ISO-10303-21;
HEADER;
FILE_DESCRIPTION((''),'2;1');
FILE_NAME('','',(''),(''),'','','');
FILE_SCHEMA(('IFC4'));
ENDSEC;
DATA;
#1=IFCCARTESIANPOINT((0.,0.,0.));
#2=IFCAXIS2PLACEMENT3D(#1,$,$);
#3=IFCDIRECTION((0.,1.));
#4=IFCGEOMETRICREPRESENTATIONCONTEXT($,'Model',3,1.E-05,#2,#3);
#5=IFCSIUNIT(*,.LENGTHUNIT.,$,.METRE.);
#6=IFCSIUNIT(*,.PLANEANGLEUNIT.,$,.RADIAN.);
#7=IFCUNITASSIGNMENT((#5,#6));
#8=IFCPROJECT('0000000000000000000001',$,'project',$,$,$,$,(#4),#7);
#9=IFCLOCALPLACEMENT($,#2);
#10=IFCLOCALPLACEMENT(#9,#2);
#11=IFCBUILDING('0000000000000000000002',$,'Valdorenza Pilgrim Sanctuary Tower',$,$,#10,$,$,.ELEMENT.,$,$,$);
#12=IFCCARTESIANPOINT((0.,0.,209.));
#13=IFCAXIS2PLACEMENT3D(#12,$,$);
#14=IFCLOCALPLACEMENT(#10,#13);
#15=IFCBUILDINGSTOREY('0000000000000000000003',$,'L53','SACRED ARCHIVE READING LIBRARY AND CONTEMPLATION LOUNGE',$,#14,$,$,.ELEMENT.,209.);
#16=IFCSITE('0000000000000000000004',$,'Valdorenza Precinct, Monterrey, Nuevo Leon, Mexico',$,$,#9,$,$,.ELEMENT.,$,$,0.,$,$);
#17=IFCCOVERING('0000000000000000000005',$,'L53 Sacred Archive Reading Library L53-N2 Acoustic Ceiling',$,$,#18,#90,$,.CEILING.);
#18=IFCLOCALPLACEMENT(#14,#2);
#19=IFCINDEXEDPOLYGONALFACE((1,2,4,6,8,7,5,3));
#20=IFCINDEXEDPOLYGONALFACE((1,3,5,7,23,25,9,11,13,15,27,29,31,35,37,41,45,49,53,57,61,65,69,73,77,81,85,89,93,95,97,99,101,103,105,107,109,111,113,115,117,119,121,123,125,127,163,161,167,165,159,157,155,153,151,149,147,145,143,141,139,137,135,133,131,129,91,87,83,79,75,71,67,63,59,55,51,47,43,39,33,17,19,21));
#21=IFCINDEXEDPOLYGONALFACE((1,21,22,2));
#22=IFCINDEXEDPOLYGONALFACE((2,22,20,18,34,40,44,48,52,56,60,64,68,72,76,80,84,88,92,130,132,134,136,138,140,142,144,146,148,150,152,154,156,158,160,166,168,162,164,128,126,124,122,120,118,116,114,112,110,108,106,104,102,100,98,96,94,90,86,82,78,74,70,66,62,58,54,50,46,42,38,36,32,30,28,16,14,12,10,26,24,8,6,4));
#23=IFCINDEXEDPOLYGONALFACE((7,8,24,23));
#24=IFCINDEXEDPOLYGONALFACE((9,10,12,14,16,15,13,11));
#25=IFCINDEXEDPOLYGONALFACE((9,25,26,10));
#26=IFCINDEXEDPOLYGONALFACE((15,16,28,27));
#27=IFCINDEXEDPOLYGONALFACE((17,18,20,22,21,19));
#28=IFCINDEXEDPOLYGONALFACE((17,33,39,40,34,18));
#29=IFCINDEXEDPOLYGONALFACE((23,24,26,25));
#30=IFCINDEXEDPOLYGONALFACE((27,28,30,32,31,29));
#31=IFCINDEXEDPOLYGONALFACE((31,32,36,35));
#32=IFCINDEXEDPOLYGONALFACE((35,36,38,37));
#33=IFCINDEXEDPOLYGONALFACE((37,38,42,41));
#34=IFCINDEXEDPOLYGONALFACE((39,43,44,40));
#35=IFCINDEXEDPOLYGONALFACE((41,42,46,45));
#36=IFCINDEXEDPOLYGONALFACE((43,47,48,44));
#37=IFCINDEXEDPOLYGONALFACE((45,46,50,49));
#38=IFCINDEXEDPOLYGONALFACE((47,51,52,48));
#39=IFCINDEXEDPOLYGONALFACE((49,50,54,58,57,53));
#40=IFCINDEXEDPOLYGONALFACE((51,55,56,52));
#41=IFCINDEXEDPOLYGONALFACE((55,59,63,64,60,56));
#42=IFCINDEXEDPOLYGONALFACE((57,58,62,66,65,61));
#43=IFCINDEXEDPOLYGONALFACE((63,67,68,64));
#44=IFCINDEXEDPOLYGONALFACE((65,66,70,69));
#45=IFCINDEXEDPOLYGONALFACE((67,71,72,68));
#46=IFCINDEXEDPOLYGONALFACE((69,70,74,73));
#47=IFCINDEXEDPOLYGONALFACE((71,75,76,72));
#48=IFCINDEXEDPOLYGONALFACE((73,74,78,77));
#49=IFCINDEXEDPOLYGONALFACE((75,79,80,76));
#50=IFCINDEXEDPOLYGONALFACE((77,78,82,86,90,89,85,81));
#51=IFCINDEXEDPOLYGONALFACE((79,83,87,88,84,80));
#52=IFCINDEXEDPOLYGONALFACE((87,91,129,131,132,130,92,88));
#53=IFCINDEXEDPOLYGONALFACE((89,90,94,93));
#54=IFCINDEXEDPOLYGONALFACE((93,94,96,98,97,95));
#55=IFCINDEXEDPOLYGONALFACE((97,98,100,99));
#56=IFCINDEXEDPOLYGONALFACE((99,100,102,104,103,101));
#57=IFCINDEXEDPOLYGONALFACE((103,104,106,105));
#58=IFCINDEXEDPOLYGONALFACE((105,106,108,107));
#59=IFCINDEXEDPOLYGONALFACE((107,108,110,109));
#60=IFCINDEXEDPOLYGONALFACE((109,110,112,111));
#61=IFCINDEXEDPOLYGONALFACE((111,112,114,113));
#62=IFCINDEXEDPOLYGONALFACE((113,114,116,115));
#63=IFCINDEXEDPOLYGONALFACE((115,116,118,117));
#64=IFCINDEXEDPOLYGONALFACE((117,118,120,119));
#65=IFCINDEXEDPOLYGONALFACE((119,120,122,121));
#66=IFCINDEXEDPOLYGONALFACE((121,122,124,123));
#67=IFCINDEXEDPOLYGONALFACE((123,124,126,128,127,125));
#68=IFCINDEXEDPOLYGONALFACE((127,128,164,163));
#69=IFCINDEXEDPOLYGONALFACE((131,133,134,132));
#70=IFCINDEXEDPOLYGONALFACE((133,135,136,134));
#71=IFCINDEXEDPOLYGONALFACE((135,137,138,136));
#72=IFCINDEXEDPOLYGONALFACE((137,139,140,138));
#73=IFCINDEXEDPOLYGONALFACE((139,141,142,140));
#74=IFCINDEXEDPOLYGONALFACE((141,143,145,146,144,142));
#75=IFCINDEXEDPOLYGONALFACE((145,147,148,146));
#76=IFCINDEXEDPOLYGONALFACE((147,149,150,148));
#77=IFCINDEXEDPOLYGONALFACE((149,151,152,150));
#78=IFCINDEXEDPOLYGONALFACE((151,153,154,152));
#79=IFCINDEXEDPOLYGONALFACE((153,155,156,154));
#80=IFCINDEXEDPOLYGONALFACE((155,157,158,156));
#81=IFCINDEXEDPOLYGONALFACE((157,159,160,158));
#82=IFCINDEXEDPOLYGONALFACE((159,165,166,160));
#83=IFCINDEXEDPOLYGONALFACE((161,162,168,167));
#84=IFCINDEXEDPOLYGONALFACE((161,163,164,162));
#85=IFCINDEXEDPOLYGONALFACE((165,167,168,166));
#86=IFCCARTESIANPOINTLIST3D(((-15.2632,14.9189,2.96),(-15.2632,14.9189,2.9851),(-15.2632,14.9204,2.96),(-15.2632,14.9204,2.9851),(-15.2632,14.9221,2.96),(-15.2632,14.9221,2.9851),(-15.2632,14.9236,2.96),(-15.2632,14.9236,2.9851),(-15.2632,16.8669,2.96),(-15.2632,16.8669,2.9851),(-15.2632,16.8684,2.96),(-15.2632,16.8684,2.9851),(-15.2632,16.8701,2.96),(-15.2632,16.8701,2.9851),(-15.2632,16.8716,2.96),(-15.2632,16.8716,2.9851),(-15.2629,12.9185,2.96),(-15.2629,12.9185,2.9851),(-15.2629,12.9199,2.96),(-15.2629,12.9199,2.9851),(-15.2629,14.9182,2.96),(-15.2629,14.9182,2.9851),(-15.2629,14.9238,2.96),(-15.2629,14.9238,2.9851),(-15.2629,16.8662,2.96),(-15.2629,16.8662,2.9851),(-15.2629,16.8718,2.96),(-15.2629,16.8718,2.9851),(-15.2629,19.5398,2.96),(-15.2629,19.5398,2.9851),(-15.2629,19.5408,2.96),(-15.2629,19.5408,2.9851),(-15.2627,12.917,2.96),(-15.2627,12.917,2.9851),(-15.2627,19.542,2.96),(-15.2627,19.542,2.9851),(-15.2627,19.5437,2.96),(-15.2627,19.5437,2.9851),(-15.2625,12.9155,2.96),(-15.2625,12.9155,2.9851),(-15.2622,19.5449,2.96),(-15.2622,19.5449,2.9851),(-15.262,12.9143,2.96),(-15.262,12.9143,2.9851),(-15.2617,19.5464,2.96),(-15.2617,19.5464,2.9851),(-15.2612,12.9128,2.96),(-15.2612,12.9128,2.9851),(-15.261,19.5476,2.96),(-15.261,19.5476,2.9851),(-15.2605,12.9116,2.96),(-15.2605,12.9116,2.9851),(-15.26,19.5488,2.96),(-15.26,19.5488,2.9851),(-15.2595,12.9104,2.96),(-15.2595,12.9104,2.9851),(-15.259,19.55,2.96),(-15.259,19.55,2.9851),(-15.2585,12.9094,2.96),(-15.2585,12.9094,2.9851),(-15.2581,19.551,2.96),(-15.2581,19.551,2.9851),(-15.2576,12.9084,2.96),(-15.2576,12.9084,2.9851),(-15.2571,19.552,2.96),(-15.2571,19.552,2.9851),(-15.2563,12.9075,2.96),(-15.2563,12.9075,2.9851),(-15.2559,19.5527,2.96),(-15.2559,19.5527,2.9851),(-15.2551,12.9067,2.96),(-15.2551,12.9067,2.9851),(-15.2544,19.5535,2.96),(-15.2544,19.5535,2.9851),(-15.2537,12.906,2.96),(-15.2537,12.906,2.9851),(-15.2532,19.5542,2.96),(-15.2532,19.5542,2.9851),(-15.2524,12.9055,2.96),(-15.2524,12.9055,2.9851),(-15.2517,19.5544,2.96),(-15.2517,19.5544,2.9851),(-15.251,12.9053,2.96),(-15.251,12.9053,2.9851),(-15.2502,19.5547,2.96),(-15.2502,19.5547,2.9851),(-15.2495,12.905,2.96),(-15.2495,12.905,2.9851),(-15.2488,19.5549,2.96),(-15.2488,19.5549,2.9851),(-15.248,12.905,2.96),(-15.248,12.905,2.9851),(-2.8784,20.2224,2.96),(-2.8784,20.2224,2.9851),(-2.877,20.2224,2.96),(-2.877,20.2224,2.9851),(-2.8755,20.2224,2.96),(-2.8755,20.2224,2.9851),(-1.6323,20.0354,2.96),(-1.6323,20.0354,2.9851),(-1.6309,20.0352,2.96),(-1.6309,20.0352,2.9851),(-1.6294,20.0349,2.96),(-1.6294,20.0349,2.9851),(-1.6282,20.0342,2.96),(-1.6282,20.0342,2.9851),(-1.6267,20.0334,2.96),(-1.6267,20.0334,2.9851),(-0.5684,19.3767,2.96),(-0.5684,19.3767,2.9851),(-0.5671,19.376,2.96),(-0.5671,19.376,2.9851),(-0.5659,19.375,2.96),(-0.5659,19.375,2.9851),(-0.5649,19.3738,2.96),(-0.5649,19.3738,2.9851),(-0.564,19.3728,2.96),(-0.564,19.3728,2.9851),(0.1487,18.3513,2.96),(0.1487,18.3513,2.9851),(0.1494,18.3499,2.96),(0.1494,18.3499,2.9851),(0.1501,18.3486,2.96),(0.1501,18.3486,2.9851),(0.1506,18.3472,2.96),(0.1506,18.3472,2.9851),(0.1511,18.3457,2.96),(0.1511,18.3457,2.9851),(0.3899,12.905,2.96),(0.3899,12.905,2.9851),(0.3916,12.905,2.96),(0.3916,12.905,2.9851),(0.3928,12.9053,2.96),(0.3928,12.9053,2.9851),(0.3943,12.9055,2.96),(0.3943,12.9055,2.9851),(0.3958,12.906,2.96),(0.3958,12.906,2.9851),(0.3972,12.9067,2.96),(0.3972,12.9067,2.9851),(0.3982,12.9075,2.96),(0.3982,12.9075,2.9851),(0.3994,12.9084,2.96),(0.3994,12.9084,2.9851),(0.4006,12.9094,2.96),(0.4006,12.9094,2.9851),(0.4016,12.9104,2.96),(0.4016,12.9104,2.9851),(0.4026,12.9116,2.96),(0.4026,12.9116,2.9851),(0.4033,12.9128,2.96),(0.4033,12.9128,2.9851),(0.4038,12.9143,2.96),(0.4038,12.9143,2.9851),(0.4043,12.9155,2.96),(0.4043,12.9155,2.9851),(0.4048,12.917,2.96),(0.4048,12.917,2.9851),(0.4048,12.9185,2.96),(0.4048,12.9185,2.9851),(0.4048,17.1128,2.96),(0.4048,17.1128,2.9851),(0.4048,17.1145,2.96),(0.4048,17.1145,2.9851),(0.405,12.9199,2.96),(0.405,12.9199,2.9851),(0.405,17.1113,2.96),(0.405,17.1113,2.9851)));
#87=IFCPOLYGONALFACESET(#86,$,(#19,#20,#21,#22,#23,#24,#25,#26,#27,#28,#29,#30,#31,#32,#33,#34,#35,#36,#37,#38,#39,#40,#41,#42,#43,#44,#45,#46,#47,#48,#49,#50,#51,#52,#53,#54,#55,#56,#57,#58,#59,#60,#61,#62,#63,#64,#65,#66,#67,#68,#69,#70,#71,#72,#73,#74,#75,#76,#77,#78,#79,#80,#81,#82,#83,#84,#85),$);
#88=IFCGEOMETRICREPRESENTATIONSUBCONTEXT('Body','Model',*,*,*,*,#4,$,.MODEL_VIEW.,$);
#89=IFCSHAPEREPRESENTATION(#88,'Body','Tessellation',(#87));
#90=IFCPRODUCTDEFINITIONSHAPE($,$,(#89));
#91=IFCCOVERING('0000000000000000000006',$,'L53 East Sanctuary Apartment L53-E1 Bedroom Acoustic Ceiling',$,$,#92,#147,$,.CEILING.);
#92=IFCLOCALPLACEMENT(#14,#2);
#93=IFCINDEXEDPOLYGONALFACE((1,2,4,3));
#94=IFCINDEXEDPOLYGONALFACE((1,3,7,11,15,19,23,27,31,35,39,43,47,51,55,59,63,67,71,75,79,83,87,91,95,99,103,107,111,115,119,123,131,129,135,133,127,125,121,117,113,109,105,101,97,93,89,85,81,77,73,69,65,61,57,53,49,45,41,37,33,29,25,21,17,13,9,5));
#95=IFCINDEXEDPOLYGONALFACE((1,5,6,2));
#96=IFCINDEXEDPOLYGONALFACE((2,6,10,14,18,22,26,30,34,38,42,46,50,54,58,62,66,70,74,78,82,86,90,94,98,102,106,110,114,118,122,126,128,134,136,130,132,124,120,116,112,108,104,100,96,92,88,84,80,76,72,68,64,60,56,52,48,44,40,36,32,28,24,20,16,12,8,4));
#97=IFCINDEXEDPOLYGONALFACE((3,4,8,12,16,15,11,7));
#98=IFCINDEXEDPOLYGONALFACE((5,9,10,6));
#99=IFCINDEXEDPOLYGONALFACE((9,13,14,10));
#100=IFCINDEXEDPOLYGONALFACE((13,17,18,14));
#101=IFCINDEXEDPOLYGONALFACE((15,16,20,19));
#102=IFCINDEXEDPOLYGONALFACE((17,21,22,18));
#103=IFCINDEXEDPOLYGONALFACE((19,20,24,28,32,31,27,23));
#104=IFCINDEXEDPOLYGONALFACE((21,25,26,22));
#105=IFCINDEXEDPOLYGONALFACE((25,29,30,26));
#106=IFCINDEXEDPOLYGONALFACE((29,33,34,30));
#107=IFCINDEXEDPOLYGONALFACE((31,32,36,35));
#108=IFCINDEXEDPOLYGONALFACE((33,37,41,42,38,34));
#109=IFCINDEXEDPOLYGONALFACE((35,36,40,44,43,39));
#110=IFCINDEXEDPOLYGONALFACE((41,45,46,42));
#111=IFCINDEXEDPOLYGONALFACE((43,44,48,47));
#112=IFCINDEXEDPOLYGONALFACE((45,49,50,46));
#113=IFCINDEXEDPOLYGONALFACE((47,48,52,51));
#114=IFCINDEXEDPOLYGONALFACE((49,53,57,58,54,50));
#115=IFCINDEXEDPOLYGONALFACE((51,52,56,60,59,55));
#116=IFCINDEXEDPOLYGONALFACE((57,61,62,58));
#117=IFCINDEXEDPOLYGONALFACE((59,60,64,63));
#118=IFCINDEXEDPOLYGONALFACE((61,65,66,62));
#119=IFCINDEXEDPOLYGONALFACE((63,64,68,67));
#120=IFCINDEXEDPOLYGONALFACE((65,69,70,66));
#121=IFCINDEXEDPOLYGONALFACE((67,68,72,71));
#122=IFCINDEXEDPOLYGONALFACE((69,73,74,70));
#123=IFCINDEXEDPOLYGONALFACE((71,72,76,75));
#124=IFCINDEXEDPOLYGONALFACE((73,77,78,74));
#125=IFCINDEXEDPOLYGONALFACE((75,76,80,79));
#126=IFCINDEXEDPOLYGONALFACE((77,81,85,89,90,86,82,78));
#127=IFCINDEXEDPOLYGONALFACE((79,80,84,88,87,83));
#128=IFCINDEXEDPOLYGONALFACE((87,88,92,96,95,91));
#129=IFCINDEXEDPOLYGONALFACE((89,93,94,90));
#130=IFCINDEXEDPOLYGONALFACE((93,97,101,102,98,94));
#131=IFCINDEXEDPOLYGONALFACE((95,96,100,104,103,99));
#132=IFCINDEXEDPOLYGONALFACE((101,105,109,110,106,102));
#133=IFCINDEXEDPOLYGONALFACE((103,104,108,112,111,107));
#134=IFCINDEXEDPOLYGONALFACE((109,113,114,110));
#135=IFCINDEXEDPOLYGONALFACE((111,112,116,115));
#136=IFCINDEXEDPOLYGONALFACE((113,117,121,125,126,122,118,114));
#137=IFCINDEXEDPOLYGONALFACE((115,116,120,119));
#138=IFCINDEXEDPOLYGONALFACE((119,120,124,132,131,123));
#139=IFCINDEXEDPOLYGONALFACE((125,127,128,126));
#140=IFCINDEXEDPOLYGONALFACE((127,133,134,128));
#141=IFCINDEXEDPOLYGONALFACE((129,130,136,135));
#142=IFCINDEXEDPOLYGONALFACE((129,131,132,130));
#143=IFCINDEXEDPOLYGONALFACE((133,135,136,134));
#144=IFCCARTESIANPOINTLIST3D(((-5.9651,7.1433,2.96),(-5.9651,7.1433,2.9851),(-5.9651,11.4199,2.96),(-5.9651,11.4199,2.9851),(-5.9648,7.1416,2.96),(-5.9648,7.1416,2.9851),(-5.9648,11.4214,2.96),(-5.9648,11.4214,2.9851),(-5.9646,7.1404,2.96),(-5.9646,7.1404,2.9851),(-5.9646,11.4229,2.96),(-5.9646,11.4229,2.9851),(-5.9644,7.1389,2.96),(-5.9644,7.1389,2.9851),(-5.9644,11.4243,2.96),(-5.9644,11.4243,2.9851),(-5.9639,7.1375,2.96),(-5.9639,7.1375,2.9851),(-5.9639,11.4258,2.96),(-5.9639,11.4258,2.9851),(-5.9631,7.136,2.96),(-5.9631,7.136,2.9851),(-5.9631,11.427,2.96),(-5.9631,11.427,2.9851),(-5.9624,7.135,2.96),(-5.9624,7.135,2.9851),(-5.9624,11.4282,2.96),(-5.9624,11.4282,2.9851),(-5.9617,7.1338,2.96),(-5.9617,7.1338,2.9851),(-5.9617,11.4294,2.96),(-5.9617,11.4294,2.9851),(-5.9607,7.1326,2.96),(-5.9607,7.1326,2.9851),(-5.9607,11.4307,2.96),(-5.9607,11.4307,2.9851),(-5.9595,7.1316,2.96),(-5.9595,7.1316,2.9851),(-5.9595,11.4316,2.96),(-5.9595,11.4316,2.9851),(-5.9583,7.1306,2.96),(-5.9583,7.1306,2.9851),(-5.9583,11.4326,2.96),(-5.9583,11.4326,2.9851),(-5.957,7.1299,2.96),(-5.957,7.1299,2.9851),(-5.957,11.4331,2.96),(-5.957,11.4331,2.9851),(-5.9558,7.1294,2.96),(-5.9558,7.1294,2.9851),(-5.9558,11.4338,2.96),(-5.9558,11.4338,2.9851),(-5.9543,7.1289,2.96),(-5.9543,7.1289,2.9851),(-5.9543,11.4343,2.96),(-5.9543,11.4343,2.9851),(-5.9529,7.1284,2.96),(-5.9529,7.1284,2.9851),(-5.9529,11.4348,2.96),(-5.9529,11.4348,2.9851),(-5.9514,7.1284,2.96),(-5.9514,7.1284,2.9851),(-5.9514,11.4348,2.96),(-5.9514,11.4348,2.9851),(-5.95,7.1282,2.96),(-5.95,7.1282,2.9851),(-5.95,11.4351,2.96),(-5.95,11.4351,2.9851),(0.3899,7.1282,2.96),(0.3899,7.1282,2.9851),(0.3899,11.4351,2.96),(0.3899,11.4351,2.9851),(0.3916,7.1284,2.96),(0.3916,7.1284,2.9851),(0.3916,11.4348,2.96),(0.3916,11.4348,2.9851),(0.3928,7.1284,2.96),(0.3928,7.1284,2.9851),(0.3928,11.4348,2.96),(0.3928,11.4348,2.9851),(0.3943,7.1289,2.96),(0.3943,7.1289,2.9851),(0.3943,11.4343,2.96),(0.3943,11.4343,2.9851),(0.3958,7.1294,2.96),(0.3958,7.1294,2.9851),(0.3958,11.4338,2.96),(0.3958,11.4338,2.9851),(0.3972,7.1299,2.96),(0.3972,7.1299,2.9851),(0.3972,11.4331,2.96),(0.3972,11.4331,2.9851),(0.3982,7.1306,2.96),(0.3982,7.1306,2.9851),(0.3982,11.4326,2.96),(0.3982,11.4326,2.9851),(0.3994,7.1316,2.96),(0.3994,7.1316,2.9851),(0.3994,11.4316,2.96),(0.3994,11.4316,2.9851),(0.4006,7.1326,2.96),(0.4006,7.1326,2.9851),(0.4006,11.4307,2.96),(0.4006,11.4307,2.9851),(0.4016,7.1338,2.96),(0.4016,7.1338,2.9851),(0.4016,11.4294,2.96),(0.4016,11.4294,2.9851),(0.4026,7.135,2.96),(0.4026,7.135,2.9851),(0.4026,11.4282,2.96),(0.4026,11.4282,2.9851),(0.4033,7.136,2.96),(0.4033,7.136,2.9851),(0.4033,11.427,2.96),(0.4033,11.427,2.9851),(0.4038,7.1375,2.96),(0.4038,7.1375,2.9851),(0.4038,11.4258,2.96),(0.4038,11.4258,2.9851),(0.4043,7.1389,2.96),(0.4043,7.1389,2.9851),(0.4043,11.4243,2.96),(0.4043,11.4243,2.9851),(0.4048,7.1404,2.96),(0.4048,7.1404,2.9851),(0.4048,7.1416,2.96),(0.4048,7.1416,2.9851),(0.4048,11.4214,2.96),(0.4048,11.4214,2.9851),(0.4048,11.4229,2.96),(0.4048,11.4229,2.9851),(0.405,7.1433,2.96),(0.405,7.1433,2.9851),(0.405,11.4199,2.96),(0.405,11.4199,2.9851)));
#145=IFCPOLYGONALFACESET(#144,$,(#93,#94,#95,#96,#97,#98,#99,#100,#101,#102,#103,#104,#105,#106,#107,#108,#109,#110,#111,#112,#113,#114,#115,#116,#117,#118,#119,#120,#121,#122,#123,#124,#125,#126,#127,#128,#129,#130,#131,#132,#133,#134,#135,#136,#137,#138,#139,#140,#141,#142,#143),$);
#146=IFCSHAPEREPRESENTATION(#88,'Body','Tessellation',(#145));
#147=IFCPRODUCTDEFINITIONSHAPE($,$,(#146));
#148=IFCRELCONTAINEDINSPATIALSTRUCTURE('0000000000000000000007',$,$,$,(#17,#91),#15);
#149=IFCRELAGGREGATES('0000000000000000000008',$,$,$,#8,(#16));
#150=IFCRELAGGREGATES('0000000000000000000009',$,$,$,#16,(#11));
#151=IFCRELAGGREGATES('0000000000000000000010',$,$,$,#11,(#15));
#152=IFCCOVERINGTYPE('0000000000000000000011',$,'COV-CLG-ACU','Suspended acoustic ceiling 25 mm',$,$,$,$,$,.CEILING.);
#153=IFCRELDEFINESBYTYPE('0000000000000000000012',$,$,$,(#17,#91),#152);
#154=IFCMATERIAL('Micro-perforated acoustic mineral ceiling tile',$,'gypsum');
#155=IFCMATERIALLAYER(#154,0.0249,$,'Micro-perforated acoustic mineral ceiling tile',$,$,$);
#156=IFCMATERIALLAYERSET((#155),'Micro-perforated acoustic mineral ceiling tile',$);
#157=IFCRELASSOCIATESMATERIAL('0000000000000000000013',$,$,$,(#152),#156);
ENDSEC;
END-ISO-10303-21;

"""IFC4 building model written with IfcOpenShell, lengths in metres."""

from ifc_helpers import new_model, si_unit, direction, frame, origin, place, context, subcontext, project, spatial, polyline, outline, extrude, material, layer, layer_set, type_object, element, save


model = new_model("IFC4")

# Units and contexts
model_context = context("Model", 3, precision=1e-05, world=origin(), true_north=direction((0.0, 1.0)))
body_context = subcontext(model_context, "Body", "Model", "MODEL_VIEW")
ifc_project = project(units=[si_unit("LENGTHUNIT", "METRE"), si_unit("PLANEANGLEUNIT", "RADIAN")], contexts=[model_context])

# Site, building, storey
site_placement = place(None, origin())
site = spatial("IfcSite", under=ifc_project, at=site_placement, Name="Valdorenza Precinct, Monterrey, Nuevo Leon, Mexico", CompositionType="ELEMENT", RefElevation=0.0)
building_placement = place(site_placement, origin())
building = spatial("IfcBuilding", under=site, at=building_placement, Name="Valdorenza Pilgrim Sanctuary Tower", CompositionType="ELEMENT")
storey_placement = place(building_placement, frame((0.0, 0.0, 209.0)))
storey = spatial("IfcBuildingStorey", under=building, at=storey_placement, Name="L53", Description="SACRED ARCHIVE READING LIBRARY AND CONTEMPLATION LOUNGE", CompositionType="ELEMENT", Elevation=209.0)

# Coverings
ifc_material_1 = material(Name="Micro-perforated acoustic mineral ceiling tile", Category="gypsum")
ifc_layer_1 = layer(ifc_material_1, 0.0249, Name="Micro-perforated acoustic mineral ceiling tile")
ifc_layer_set_1 = layer_set([ifc_layer_1], Name="Micro-perforated acoustic mineral ceiling tile")
covering_type_1 = type_object("IfcCoveringType", Name="COV-CLG-ACU", Description="Suspended acoustic ceiling 25 mm", PredefinedType="CEILING", material=ifc_layer_set_1)
covering_1_placement = place(storey_placement, frame((0.0, 0.0, 2.96)))
element("IfcCovering", 1, at=covering_1_placement, inside=storey, type_object=covering_type_1, Name="L53 Sacred Archive Reading Library L53-N2 Acoustic Ceiling", PredefinedType="CEILING", context=body_context, shape_type="SweptSolid", body=[
    extrude(outline(polyline([(-15.2629, 14.9182), (-15.2632, 14.9189), (-15.2632, 14.9204), (-15.2632, 14.9221), (-15.2632, 14.9236), (-15.2629, 14.9238), (-15.2629, 16.8662), (-15.2632, 16.8669), (-15.2632, 16.8684), (-15.2632, 16.8701), (-15.2632, 16.8716), (-15.2629, 16.8718), (-15.2629, 19.5398), (-15.2629, 19.5398), (-15.2629, 19.5408), (-15.2627, 19.542), (-15.2627, 19.5437), (-15.2622, 19.5449), (-15.2617, 19.5464), (-15.261, 19.5476), (-15.26, 19.5488), (-15.259, 19.55), (-15.2581, 19.551), (-15.2571, 19.552), (-15.2559, 19.5527), (-15.2544, 19.5535), (-15.2532, 19.5542), (-15.2517, 19.5544), (-15.2502, 19.5547), (-15.2488, 19.5549), (-2.8784, 20.2224), (-2.877, 20.2224), (-2.8755, 20.2224), (-1.6323, 20.0354), (-1.6309, 20.0352), (-1.6294, 20.0349), (-1.6282, 20.0342), (-1.6267, 20.0334), (-0.5684, 19.3767), (-0.5671, 19.376), (-0.5659, 19.375), (-0.5649, 19.3738), (-0.564, 19.3728), (0.1487, 18.3513), (0.1494, 18.3499), (0.1501, 18.3486), (0.1506, 18.3472), (0.1511, 18.3457), (0.4048, 17.1145), (0.4048, 17.1128), (0.405, 17.1113), (0.405, 12.9199), (0.4048, 12.9185), (0.4048, 12.917), (0.4043, 12.9155), (0.4038, 12.9143), (0.4033, 12.9128), (0.4026, 12.9116), (0.4016, 12.9104), (0.4006, 12.9094), (0.3994, 12.9084), (0.3982, 12.9075), (0.3972, 12.9067), (0.3958, 12.906), (0.3943, 12.9055), (0.3928, 12.9053), (0.3916, 12.905), (0.3899, 12.905), (-15.248, 12.905), (-15.2495, 12.905), (-15.251, 12.9053), (-15.2524, 12.9055), (-15.2537, 12.906), (-15.2551, 12.9067), (-15.2563, 12.9075), (-15.2576, 12.9084), (-15.2585, 12.9094), (-15.2595, 12.9104), (-15.2605, 12.9116), (-15.2612, 12.9128), (-15.262, 12.9143), (-15.2625, 12.9155), (-15.2627, 12.917), (-15.2629, 12.9185), (-15.2629, 12.9199), (-15.2629, 14.9182)])), origin(), (0.0, 0.0, 1.0), 0.0251),
])
covering_2_placement = place(storey_placement, frame((0.0, 0.0, 2.96)))
element("IfcCovering", 2, at=covering_2_placement, inside=storey, type_object=covering_type_1, Name="L53 East Sanctuary Apartment L53-E1 Bedroom Acoustic Ceiling", PredefinedType="CEILING", context=body_context, shape_type="SweptSolid", body=[
    extrude(outline(polyline([(-5.9651, 11.4199), (-5.9648, 11.4214), (-5.9646, 11.4229), (-5.9644, 11.4243), (-5.9639, 11.4258), (-5.9631, 11.427), (-5.9624, 11.4282), (-5.9617, 11.4294), (-5.9607, 11.4307), (-5.9595, 11.4316), (-5.9583, 11.4326), (-5.957, 11.4331), (-5.9558, 11.4338), (-5.9543, 11.4343), (-5.9529, 11.4348), (-5.9514, 11.4348), (-5.95, 11.4351), (0.3899, 11.4351), (0.3916, 11.4348), (0.3928, 11.4348), (0.3943, 11.4343), (0.3958, 11.4338), (0.3972, 11.4331), (0.3982, 11.4326), (0.3994, 11.4316), (0.4006, 11.4307), (0.4016, 11.4294), (0.4026, 11.4282), (0.4033, 11.427), (0.4038, 11.4258), (0.4043, 11.4243), (0.4048, 11.4229), (0.4048, 11.4214), (0.405, 11.4199), (0.405, 7.1433), (0.4048, 7.1416), (0.4048, 7.1404), (0.4043, 7.1389), (0.4038, 7.1375), (0.4033, 7.136), (0.4026, 7.135), (0.4016, 7.1338), (0.4006, 7.1326), (0.3994, 7.1316), (0.3982, 7.1306), (0.3972, 7.1299), (0.3958, 7.1294), (0.3943, 7.1289), (0.3928, 7.1284), (0.3916, 7.1284), (0.3899, 7.1282), (-5.95, 7.1282), (-5.9514, 7.1284), (-5.9529, 7.1284), (-5.9543, 7.1289), (-5.9558, 7.1294), (-5.957, 7.1299), (-5.9583, 7.1306), (-5.9595, 7.1316), (-5.9607, 7.1326), (-5.9617, 7.1338), (-5.9624, 7.135), (-5.9631, 7.136), (-5.9639, 7.1375), (-5.9644, 7.1389), (-5.9646, 7.1404), (-5.9648, 7.1416), (-5.9651, 7.1433), (-5.9651, 11.4199)])), origin(), (0.0, 0.0, 1.0), 0.0251),
])

save(model, "model.ifc")
